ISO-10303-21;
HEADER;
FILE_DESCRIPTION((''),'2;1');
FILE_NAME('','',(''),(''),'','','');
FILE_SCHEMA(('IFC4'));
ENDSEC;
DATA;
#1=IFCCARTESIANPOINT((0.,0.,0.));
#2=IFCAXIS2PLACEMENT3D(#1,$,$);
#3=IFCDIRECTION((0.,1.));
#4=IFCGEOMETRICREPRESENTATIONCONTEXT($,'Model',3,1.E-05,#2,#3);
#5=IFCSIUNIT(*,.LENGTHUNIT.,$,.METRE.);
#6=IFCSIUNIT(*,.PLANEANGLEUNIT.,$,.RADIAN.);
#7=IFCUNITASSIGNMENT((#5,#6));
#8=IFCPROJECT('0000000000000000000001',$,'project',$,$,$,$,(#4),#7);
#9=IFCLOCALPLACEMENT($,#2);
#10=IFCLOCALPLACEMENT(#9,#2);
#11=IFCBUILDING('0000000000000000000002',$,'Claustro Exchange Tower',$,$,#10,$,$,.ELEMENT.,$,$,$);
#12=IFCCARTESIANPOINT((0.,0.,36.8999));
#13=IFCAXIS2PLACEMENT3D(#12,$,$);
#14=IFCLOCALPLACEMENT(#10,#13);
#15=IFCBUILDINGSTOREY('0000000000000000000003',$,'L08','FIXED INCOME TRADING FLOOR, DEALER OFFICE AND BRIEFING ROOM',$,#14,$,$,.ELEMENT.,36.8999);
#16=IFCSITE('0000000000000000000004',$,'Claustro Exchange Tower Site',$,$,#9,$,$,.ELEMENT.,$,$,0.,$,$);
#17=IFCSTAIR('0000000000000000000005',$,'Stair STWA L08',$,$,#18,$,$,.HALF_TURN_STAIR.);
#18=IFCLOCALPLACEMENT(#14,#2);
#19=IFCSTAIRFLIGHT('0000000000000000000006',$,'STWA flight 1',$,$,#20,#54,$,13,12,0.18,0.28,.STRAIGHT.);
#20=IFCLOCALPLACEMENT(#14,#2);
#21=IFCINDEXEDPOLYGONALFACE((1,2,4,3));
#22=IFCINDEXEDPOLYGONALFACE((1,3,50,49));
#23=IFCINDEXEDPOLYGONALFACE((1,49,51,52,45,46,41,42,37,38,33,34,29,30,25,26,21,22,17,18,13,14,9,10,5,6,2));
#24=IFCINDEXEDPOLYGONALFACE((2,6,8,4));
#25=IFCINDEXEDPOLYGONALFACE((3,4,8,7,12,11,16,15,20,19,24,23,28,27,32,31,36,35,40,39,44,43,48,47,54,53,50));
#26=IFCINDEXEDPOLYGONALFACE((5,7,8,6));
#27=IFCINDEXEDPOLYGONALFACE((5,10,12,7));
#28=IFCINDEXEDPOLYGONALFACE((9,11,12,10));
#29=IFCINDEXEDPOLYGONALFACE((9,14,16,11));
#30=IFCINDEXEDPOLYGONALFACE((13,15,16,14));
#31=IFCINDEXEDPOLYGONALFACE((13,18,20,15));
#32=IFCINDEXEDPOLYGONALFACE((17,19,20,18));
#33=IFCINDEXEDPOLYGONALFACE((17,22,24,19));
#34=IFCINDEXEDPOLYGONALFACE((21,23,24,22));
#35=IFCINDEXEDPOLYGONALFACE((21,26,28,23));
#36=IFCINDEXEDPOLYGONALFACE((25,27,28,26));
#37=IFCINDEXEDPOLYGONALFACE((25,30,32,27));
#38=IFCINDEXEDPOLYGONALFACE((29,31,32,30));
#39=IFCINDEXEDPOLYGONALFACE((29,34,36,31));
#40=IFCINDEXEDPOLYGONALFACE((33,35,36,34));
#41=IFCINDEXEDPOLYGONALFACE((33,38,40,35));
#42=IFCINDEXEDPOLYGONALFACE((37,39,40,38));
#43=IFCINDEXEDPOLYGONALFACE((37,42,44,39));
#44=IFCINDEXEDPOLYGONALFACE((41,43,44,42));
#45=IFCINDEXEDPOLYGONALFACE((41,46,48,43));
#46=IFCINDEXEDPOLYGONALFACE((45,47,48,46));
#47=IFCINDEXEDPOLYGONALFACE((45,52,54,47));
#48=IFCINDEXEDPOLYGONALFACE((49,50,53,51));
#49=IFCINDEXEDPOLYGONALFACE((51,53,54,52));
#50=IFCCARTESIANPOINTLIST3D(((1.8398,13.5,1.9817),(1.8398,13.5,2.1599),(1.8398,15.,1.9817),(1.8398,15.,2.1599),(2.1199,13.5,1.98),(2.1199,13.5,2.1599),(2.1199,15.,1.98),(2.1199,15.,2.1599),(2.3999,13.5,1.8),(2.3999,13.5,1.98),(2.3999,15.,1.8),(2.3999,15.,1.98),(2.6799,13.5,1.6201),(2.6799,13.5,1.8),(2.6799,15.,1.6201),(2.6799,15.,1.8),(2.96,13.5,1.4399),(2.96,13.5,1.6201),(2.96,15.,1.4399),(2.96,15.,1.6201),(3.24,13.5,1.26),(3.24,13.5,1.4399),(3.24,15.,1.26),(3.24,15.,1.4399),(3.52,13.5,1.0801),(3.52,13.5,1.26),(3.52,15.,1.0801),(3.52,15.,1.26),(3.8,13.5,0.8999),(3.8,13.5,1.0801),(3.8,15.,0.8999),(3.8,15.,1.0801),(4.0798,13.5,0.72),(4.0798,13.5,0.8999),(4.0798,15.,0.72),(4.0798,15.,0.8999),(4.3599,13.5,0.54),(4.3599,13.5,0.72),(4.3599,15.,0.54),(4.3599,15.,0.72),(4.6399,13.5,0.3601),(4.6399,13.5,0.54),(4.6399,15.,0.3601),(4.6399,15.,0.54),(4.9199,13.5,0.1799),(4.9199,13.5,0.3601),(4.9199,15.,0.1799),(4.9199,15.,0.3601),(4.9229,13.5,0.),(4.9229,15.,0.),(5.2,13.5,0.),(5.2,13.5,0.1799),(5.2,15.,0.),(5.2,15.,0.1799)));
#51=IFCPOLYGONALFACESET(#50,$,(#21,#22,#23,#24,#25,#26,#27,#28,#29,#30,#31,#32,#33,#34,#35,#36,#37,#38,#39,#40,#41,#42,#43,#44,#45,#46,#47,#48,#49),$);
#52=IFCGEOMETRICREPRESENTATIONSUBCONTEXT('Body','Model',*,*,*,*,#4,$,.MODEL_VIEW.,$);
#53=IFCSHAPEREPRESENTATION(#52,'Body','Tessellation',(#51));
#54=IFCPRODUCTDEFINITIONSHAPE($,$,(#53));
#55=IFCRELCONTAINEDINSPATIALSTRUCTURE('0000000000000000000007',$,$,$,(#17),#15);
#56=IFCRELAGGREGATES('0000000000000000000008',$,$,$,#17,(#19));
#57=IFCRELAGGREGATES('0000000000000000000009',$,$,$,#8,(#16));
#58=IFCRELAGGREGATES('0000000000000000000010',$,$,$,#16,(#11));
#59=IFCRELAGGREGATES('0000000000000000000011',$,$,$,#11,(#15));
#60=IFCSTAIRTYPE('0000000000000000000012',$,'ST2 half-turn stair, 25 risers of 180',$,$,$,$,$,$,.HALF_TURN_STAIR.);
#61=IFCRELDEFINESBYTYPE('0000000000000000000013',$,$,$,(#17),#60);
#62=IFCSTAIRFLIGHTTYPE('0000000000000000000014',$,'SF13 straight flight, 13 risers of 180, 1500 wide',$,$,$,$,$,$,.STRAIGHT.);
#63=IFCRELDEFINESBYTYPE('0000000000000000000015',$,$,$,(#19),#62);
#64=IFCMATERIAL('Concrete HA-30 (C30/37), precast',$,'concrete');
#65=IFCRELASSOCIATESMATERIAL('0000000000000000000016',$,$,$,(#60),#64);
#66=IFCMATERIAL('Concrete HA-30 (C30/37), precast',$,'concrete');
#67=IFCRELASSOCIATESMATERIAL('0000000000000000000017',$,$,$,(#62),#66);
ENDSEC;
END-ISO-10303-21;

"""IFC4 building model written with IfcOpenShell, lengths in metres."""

from ifc_helpers import new_model, si_unit, direction, frame, origin, place, context, subcontext, project, spatial, polyline, outline, extrude, material, type_object, element, aggregate, save


model = new_model("IFC4")

# Units and contexts
model_context = context("Model", 3, precision=1e-05, world=origin(), true_north=direction((0.0, 1.0)))
body_context = subcontext(model_context, "Body", "Model", "MODEL_VIEW")
ifc_project = project(units=[si_unit("LENGTHUNIT", "METRE"), si_unit("PLANEANGLEUNIT", "RADIAN")], contexts=[model_context])

# Site, building, storey
site_placement = place(None, origin())
site = spatial("IfcSite", under=ifc_project, at=site_placement, Name="Claustro Exchange Tower Site", CompositionType="ELEMENT", RefElevation=0.0)
building_placement = place(site_placement, origin())
building = spatial("IfcBuilding", under=site, at=building_placement, Name="Claustro Exchange Tower", CompositionType="ELEMENT")
storey_placement = place(building_placement, frame((0.0, 0.0, 36.8999)))
storey = spatial("IfcBuildingStorey", under=building, at=storey_placement, Name="L08", Description="FIXED INCOME TRADING FLOOR, DEALER OFFICE AND BRIEFING ROOM", CompositionType="ELEMENT", Elevation=36.8999)

# Stair, stair flight
ifc_material_1 = material(Name="Concrete HA-30 (C30/37), precast", Category="concrete")
stair_type = type_object("IfcStairType", Name="ST2 half-turn stair, 25 risers of 180", PredefinedType="HALF_TURN_STAIR", material=ifc_material_1)
stair_placement = place(storey_placement, origin())
stair = element("IfcStair", 1, at=stair_placement, inside=storey, type_object=stair_type, Name="Stair STWA L08", PredefinedType="HALF_TURN_STAIR")
ifc_material_2 = material(Name="Concrete HA-30 (C30/37), precast", Category="concrete")
stair_flight_type = type_object("IfcStairFlightType", Name="SF13 straight flight, 13 risers of 180, 1500 wide", PredefinedType="STRAIGHT", material=ifc_material_2)
stair_flight_placement = place(storey_placement, frame((5.2, 14.25, 0.0), z_axis=(0.0, 0.0, 1.0), x_axis=(-1.0, 0.0, 0.0)))
stair_flight = element("IfcStairFlight", 2, at=stair_flight_placement, type_object=stair_flight_type, Name="STWA flight 1", NumberOfRisers=13, NumberOfTreads=12, PredefinedType="STRAIGHT", RiserHeight=0.18, TreadLength=0.28, context=body_context, shape_type="SweptSolid", body=[
    extrude(outline(polyline([(0.0, 0.0), (0.0, 0.1799), (0.28, 0.1799), (0.28, 0.3601), (0.5601, 0.3601), (0.5601, 0.54), (0.8401, 0.54), (0.8401, 0.72), (1.1201, 0.72), (1.1201, 0.8999), (1.3999, 0.8999), (1.3999, 1.0801), (1.6799, 1.0801), (1.6799, 1.26), (1.96, 1.26), (1.96, 1.4399), (2.24, 1.4399), (2.24, 1.6201), (2.52, 1.6201), (2.52, 1.8), (2.8, 1.8), (2.8, 1.98), (3.0801, 1.98), (3.0801, 2.1599), (3.3601, 2.1599), (3.3601, 2.3401), (3.3601, 1.9817), (0.2771, 0.0), (0.0, 0.0)])), frame((0.0, 0.75, 0.0), z_axis=(0.0, -1.0, 0.0), x_axis=(1.0, 0.0, 0.0)), (0.0, 0.0, 1.0), 1.5),
])
aggregate(stair, [stair_flight])

save(model, "model.ifc")
